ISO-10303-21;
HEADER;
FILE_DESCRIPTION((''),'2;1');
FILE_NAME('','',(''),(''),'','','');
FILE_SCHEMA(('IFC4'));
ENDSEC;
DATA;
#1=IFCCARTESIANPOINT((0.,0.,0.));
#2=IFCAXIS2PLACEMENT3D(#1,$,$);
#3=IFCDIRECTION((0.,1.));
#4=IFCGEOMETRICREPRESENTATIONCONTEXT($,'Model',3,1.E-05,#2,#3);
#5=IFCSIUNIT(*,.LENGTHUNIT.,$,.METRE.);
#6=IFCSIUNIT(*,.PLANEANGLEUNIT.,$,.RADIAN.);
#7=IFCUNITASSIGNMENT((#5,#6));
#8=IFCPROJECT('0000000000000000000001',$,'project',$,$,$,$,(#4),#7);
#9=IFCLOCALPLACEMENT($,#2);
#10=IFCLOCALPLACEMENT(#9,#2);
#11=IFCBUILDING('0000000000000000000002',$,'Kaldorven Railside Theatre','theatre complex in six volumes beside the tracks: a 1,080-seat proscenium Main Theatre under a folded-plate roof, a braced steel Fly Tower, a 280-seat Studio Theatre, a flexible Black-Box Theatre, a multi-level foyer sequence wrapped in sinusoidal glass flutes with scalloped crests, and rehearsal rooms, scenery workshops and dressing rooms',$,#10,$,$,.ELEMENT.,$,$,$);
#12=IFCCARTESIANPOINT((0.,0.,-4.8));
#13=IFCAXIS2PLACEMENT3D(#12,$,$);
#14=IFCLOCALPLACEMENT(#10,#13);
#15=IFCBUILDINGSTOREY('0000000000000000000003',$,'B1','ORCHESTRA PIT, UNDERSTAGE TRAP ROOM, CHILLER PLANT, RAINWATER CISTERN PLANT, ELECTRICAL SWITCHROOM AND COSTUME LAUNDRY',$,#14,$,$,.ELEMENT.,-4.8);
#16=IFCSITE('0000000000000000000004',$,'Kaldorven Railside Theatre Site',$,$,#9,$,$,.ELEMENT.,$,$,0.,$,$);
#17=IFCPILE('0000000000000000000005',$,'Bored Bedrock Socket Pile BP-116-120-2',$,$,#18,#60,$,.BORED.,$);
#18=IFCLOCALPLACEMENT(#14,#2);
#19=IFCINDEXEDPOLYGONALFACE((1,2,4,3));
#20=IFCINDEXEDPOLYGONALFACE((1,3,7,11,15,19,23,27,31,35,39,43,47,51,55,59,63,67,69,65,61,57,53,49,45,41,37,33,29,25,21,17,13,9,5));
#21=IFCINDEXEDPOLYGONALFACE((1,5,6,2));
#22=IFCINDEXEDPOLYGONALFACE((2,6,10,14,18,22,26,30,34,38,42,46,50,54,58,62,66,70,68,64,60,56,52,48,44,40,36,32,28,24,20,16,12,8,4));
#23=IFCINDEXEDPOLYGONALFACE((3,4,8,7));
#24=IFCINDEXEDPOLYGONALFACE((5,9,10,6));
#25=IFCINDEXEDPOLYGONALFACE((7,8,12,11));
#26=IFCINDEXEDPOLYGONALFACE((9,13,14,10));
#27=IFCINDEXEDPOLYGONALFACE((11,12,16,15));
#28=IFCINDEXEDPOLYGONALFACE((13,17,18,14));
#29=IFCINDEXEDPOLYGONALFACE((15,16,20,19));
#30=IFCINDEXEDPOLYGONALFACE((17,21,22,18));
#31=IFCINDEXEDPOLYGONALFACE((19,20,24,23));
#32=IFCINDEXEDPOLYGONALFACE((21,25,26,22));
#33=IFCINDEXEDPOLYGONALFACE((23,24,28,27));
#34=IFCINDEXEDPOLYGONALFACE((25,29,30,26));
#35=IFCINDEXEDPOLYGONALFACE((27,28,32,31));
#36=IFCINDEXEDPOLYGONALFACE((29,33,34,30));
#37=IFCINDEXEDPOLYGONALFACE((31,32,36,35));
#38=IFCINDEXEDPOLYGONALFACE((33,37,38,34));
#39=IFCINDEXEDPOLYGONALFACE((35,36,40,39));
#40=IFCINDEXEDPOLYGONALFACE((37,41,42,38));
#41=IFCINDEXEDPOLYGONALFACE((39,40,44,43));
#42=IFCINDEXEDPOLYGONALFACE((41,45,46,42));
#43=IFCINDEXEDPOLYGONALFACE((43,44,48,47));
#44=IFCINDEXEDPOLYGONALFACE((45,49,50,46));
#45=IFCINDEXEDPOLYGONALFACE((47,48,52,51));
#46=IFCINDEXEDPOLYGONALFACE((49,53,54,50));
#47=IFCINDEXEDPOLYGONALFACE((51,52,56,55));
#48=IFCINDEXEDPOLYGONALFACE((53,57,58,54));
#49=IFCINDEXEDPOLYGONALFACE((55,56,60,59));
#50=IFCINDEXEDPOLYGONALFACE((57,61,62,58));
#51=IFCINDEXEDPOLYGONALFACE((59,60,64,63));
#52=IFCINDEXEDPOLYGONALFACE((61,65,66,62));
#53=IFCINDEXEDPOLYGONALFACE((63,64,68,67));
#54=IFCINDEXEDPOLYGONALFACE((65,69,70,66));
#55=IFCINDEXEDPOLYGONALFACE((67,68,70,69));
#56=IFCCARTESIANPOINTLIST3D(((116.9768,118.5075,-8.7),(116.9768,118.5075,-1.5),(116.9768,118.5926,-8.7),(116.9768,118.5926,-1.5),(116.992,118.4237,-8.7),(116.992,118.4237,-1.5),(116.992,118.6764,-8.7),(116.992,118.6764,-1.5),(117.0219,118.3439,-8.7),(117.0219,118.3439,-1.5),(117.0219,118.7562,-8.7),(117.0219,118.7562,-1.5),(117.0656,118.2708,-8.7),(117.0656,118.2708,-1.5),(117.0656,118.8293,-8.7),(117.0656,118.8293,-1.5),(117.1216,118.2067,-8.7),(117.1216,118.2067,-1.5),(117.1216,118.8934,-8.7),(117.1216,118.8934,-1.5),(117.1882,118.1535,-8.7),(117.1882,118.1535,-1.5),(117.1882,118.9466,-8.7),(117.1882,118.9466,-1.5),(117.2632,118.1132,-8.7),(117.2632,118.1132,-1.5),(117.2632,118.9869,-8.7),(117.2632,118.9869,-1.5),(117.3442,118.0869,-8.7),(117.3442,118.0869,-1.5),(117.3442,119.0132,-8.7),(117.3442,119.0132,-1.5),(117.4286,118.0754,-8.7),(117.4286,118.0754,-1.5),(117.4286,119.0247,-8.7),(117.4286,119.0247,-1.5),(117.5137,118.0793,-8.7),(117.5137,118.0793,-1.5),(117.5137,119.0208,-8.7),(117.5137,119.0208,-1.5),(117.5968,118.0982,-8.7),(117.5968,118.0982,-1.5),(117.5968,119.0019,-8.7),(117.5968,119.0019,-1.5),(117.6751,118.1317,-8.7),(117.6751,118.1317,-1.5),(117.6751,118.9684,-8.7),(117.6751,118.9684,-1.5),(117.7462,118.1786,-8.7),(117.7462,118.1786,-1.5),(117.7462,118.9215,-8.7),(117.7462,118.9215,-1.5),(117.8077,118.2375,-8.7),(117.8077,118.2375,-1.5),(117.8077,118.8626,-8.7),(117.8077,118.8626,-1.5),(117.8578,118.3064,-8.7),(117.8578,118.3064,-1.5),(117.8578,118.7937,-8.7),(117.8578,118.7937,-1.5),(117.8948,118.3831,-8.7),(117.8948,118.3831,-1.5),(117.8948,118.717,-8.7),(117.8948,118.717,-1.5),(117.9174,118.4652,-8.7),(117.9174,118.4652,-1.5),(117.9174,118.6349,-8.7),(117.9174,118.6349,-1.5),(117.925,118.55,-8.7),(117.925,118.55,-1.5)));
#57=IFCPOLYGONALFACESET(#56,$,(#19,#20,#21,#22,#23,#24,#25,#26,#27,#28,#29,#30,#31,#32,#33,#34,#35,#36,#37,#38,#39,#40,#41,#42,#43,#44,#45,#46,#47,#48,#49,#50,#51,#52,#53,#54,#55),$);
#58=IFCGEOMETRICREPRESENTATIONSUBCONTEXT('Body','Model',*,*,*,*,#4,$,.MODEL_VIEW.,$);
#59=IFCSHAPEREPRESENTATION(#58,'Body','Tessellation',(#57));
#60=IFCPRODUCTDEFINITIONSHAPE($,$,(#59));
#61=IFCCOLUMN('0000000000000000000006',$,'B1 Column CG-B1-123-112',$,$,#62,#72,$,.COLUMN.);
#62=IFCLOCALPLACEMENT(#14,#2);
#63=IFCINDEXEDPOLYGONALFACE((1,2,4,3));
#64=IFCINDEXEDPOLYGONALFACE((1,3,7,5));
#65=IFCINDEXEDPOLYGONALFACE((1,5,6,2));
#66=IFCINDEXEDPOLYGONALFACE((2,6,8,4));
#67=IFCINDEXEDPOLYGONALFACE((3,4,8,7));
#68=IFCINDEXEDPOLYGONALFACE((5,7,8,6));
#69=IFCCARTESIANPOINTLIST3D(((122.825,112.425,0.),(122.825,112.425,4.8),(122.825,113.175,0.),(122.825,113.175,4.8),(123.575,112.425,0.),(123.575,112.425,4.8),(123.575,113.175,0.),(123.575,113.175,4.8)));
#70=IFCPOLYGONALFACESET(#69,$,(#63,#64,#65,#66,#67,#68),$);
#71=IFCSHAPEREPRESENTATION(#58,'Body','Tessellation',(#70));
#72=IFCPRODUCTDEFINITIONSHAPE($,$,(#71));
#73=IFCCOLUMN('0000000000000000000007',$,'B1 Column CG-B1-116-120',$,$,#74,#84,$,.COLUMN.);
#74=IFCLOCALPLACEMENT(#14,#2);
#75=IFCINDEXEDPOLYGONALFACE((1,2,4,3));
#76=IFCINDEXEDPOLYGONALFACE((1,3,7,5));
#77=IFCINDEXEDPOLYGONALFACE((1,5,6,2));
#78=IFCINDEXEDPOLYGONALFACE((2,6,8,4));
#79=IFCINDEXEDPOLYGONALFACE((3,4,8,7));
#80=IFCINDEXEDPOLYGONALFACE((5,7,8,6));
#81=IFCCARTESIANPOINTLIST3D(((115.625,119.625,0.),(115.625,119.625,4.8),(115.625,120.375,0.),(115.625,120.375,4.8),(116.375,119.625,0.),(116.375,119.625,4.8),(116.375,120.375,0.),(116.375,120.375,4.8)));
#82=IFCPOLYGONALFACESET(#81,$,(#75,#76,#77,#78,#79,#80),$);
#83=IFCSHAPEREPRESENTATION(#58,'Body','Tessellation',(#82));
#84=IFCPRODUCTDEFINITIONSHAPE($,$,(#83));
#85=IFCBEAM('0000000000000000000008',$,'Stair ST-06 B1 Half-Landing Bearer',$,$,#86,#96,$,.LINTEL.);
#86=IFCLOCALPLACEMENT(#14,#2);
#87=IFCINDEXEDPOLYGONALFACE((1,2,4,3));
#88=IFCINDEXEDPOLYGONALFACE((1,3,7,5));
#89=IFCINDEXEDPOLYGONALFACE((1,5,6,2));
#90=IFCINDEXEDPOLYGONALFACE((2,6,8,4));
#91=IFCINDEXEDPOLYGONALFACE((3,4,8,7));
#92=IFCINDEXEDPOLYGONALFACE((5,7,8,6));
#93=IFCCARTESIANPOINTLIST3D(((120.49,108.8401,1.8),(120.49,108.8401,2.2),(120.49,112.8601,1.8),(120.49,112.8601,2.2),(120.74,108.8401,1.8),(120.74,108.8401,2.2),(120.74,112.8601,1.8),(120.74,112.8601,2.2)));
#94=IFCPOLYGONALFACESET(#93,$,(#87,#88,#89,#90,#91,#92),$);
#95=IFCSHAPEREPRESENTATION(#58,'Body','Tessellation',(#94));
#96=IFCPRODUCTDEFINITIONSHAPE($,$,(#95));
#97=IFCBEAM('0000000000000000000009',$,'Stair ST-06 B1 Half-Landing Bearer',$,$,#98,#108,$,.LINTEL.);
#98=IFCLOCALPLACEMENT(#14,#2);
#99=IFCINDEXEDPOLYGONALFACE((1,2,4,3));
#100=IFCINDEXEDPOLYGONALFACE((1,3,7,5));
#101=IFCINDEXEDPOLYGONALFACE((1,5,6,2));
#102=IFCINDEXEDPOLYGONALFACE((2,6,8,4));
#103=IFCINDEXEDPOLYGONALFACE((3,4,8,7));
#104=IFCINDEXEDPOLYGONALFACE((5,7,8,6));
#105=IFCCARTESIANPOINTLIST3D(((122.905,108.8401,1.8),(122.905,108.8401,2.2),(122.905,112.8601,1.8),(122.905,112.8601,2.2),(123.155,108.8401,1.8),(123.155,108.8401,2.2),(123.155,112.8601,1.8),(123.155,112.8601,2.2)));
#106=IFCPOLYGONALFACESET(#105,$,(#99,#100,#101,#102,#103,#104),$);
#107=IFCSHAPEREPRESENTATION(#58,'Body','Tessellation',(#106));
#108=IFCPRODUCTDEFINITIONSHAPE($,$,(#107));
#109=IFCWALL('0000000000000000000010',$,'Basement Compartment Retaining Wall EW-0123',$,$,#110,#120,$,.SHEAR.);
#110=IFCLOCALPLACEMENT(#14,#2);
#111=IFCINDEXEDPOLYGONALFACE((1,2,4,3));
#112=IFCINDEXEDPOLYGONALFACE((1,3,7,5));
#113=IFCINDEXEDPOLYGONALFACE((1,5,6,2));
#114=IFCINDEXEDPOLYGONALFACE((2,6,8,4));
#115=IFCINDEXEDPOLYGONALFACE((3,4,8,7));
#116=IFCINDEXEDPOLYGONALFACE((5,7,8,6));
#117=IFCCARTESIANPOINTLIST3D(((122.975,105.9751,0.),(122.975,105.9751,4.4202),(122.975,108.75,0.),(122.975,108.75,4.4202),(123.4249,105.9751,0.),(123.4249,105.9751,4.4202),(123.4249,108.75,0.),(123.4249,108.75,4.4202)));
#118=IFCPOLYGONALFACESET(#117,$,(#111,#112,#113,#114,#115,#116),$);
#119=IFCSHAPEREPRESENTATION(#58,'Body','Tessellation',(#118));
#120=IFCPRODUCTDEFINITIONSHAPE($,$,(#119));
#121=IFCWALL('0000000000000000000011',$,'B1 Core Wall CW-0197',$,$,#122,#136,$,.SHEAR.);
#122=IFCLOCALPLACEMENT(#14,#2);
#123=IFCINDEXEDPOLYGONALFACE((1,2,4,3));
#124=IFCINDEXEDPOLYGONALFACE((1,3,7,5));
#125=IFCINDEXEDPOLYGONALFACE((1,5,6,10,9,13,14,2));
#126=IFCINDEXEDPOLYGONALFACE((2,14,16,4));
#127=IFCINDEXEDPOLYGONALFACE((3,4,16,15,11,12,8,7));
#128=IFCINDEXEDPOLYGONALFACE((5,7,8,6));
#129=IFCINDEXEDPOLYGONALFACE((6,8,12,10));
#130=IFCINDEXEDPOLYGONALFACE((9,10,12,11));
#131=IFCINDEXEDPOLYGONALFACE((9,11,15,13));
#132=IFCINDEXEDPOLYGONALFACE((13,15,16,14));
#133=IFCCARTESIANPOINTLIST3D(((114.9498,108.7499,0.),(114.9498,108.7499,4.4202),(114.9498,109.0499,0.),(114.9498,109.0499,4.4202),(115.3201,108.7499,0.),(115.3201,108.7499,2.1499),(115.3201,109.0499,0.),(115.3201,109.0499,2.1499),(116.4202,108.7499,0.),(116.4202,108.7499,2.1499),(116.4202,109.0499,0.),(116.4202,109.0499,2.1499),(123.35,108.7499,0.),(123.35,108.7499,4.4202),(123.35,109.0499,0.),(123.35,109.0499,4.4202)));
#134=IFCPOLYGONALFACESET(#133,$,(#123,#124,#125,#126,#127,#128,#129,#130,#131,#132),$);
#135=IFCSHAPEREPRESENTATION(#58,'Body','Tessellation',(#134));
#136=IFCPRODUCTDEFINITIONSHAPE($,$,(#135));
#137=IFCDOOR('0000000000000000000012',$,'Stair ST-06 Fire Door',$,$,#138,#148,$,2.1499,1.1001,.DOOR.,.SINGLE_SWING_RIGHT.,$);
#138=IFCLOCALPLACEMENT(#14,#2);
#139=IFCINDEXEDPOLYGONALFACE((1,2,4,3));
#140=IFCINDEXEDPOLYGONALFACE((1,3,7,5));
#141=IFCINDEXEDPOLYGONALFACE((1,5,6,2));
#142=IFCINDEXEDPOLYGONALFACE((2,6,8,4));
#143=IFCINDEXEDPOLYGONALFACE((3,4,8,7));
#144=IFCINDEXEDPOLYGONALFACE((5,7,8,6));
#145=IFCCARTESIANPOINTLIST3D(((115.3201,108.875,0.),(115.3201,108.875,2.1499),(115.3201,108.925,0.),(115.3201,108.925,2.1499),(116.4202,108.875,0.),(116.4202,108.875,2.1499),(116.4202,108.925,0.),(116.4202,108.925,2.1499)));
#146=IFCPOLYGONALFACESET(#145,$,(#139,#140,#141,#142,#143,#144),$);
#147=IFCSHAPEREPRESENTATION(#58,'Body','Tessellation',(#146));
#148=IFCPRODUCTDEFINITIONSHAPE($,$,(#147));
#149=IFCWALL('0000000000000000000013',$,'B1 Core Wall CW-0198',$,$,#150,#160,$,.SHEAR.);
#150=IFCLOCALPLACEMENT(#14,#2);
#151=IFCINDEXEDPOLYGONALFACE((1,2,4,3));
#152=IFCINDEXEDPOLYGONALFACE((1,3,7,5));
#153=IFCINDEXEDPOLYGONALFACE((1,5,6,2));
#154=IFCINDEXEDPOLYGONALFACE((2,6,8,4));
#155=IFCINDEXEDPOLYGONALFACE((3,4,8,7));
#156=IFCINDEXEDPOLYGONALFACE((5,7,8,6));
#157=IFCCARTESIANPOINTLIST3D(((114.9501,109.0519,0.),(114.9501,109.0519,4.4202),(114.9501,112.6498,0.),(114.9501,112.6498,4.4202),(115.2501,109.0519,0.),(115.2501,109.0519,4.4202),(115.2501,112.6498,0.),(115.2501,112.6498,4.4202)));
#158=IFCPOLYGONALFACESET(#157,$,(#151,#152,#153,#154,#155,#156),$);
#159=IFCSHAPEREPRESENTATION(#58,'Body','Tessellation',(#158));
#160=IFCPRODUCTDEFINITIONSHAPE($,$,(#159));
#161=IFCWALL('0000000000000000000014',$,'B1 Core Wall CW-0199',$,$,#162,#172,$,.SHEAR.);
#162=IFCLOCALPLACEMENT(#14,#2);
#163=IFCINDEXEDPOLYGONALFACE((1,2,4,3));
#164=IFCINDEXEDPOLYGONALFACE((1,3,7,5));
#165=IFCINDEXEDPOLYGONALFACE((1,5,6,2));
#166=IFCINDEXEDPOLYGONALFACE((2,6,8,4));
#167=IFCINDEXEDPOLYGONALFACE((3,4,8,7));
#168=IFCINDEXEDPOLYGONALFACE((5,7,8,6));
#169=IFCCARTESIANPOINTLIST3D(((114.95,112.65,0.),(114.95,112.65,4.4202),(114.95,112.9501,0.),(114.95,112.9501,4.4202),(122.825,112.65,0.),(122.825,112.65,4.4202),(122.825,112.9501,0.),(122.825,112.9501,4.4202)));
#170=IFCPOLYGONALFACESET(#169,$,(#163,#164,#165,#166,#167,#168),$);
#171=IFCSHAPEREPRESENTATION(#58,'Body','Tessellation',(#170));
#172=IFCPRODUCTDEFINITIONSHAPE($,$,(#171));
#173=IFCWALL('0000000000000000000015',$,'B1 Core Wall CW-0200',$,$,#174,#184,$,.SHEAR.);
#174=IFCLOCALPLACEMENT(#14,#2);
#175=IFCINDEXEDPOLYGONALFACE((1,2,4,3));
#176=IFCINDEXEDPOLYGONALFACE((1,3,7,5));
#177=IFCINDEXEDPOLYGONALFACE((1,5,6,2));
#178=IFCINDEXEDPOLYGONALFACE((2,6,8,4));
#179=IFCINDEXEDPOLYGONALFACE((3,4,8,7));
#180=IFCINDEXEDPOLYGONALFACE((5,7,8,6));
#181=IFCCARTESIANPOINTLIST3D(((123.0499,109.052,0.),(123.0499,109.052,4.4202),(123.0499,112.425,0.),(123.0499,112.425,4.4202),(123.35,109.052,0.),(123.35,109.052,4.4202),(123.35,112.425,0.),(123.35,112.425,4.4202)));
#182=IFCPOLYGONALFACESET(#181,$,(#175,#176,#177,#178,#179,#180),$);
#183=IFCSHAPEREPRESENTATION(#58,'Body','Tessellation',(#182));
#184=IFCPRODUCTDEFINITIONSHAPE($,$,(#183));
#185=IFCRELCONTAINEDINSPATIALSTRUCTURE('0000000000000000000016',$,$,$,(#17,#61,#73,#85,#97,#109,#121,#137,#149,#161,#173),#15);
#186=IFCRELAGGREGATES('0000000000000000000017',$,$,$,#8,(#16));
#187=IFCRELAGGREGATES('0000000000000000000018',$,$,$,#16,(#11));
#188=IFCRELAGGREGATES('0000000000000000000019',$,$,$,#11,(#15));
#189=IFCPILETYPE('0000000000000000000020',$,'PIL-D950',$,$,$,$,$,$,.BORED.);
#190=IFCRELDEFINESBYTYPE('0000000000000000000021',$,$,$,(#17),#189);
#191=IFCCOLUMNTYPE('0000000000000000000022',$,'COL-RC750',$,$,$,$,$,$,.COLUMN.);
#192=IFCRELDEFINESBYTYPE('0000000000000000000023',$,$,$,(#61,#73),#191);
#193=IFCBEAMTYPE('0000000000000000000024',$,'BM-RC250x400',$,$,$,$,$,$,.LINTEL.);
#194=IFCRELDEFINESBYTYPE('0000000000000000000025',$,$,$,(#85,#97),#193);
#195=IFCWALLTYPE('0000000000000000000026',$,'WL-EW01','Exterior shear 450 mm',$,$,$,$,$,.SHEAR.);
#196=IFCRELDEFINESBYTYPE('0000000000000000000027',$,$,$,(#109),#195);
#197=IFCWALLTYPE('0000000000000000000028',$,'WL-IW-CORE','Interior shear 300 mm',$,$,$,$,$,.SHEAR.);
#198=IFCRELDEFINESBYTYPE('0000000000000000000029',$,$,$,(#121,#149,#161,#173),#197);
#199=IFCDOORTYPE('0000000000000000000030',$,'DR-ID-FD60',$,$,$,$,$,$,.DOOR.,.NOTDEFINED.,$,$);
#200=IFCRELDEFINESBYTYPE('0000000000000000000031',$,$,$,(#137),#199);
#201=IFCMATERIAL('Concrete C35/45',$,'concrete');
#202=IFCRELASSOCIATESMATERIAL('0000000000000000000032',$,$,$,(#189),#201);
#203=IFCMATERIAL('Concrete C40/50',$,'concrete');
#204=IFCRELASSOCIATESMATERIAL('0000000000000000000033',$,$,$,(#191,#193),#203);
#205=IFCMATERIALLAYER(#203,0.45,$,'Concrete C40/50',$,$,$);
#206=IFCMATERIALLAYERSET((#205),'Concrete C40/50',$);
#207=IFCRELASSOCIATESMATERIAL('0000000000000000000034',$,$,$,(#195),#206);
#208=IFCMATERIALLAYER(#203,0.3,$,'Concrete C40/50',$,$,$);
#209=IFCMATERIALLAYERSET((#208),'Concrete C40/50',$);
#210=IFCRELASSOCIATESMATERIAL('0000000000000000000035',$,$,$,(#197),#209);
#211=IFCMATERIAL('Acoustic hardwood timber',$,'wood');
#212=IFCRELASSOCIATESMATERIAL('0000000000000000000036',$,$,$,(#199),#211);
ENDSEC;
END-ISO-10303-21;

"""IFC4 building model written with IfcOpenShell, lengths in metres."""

from ifc_helpers import new_model, si_unit, direction, frame, frame_2d, origin, origin_2d, place, context, subcontext, project, spatial, rectangle, circle, extrude, material, layer, layer_set, material_profile, profile_set, type_object, element, fill, save


model = new_model("IFC4")

# Units and contexts
model_context = context("Model", 3, precision=1e-05, world=origin(), true_north=direction((0.0, 1.0)))
body_context = subcontext(model_context, "Body", "Model", "MODEL_VIEW")
ifc_project = project(units=[si_unit("LENGTHUNIT", "METRE"), si_unit("PLANEANGLEUNIT", "RADIAN")], contexts=[model_context])

# Site, building, storey
site_placement = place(None, origin())
site = spatial("IfcSite", under=ifc_project, at=site_placement, Name="Kaldorven Railside Theatre Site", CompositionType="ELEMENT", RefElevation=0.0)
building_placement = place(site_placement, origin())
building = spatial("IfcBuilding", under=site, at=building_placement, Name="Kaldorven Railside Theatre", Description="theatre complex in six volumes beside the tracks: a 1,080-seat proscenium Main Theatre under a folded-plate roof, a braced steel Fly Tower, a 280-seat Studio Theatre, a flexible Black-Box Theatre, a multi-level foyer sequence wrapped in sinusoidal glass flutes with scalloped crests, and rehearsal rooms, scenery workshops and dressing rooms", CompositionType="ELEMENT")
storey_placement = place(building_placement, frame((0.0, 0.0, -4.8)))
storey = spatial("IfcBuildingStorey", under=building, at=storey_placement, Name="B1", Description="ORCHESTRA PIT, UNDERSTAGE TRAP ROOM, CHILLER PLANT, RAINWATER CISTERN PLANT, ELECTRICAL SWITCHROOM AND COSTUME LAUNDRY", CompositionType="ELEMENT", Elevation=-4.8)

# Shared definitions
ifc_material_1 = material(Name="Concrete C40/50", Category="concrete")

# Pile
ifc_material_2 = material(Name="Concrete C35/45", Category="concrete")
ifc_material_profile_1 = material_profile(ifc_material_2, circle(Radius=0.4751, at=origin_2d()), Name="BP D950")
ifc_profile_set_1 = profile_set([ifc_material_profile_1], Name="Concrete C35/45")
pile_type_1 = type_object("IfcPileType", Name="PIL-D950", PredefinedType="BORED", material=ifc_profile_set_1)
for number, where, z_axis, x_axis, name in (
    (1, (117.45, 118.55, -1.5), (0.0, 0.0, -1.0), (1.0, 0.0, 0.0), "Bored Bedrock Socket Pile BP-116-120-2"),
):
    element("IfcPile", number, at=place(storey_placement, frame(where, z_axis=z_axis, x_axis=x_axis)), inside=storey, type_object=pile_type_1, Name=name, PredefinedType="BORED", context=body_context, shape_type="SweptSolid", body=[
        extrude(circle(Radius=0.4751, at=origin_2d()), origin(), (0.0, 0.0, 1.0), 7.2),
    ])

# Columns
ifc_material_profile_2 = material_profile(ifc_material_1, rectangle(XDim=0.75, YDim=0.75, at=origin_2d()), Name="RC 750x750")
ifc_profile_set_2 = profile_set([ifc_material_profile_2], Name="Concrete C40/50")
column_type = type_object("IfcColumnType", Name="COL-RC750", PredefinedType="COLUMN", material=ifc_profile_set_2)
for number, where, z_axis, x_axis, name in (
    (2, (123.2, 112.8, 0.0), (0.0, 0.0, 1.0), (1.0, 0.0, 0.0), "B1 Column CG-B1-123-112"),
    (3, (116.0, 120.0, 0.0), (0.0, 0.0, 1.0), (1.0, 0.0, 0.0), "B1 Column CG-B1-116-120"),
):
    element("IfcColumn", number, at=place(storey_placement, frame(where, z_axis=z_axis, x_axis=x_axis)), inside=storey, type_object=column_type, Name=name, PredefinedType="COLUMN", context=body_context, shape_type="SweptSolid", body=[
        extrude(rectangle(XDim=0.75, YDim=0.75, at=origin_2d()), origin(), (0.0, 0.0, 1.0), 4.8),
    ])

# Beams
ifc_material_profile_3 = material_profile(ifc_material_1, rectangle(XDim=0.25, YDim=0.3999, at=origin_2d()), Name="RC 250x400")
ifc_profile_set_3 = profile_set([ifc_material_profile_3], Name="Concrete C40/50")
beam_type = type_object("IfcBeamType", Name="BM-RC250x400", PredefinedType="LINTEL", material=ifc_profile_set_3)
for number, where, z_axis, x_axis, name in (
    (4, (120.615, 108.8401, 2.0), (0.0, 1.0, 0.0), (-1.0, 0.0, 0.0), "Stair ST-06 B1 Half-Landing Bearer"),
    (5, (123.03, 108.8401, 2.0), (0.0, 1.0, 0.0), (-1.0, 0.0, 0.0), "Stair ST-06 B1 Half-Landing Bearer"),
):
    element("IfcBeam", number, at=place(storey_placement, frame(where, z_axis=z_axis, x_axis=x_axis)), inside=storey, type_object=beam_type, Name=name, PredefinedType="LINTEL", context=body_context, shape_type="SweptSolid", body=[
        extrude(rectangle(XDim=0.25, YDim=0.3999, at=origin_2d()), origin(), (0.0, 0.0, 1.0), 4.02),
    ])

# Wall
ifc_layer_1 = layer(ifc_material_1, 0.45, Name="Concrete C40/50")
ifc_layer_set_1 = layer_set([ifc_layer_1], Name="Concrete C40/50")
wall_type_1 = type_object("IfcWallType", Name="WL-EW01", Description="Exterior shear 450 mm", PredefinedType="SHEAR", material=ifc_layer_set_1)
wall_1_placement = place(storey_placement, frame((123.2, 108.75, 0.0), z_axis=(0.0, 0.0, 1.0), x_axis=(0.0, -1.0, 0.0)))
element("IfcWall", 6, at=wall_1_placement, inside=storey, type_object=wall_type_1, Name="Basement Compartment Retaining Wall EW-0123", PredefinedType="SHEAR", context=body_context, shape_type="SweptSolid", body=[
    extrude(rectangle(XDim=2.7749, YDim=0.45, at=frame_2d((1.3875, 0.0))), origin(), (0.0, 0.0, 1.0), 4.4202),
])

# Wall, opening, door
ifc_layer_2 = layer(ifc_material_1, 0.3, Name="Concrete C40/50")
ifc_layer_set_2 = layer_set([ifc_layer_2], Name="Concrete C40/50")
wall_type_2 = type_object("IfcWallType", Name="WL-IW-CORE", Description="Interior shear 300 mm", PredefinedType="SHEAR", material=ifc_layer_set_2)
wall_2_placement = place(storey_placement, frame((123.3501, 108.8999, 0.0), z_axis=(0.0, 0.0, 1.0), x_axis=(-1.0, 0.0, 0.0)))
wall_2 = element("IfcWall", 7, at=wall_2_placement, inside=storey, type_object=wall_type_2, Name="B1 Core Wall CW-0197", PredefinedType="SHEAR", context=body_context, shape_type="SweptSolid", body=[
    extrude(rectangle(XDim=8.4001, YDim=0.3, at=frame_2d((4.2002, 0.0))), origin(), (0.0, 0.0, 1.0), 4.4202),
])
opening_placement = place(wall_2_placement, frame((6.9299, 0.0, 0.0)))
opening = element("IfcOpeningElement", 8, at=opening_placement, cuts=wall_2, PredefinedType="OPENING", context=body_context, shape_type="SweptSolid", body=[
    extrude(rectangle(XDim=1.1001, YDim=2.1499, at=frame_2d((0.55, 1.075))), frame((0.0, 0.1602, 0.0), z_axis=(0.0, -1.0, 0.0), x_axis=(1.0, 0.0, 0.0)), (0.0, 0.0, 1.0), 0.3201),
])
ifc_material_3 = material(Name="Acoustic hardwood timber", Category="wood")
door_type = type_object("IfcDoorType", Name="DR-ID-FD60", OperationType="NOTDEFINED", PredefinedType="DOOR", material=ifc_material_3)
door_placement = place(opening_placement, origin())
door = element("IfcDoor", 9, at=door_placement, inside=storey, type_object=door_type, Name="Stair ST-06 Fire Door", OperationType="SINGLE_SWING_RIGHT", OverallHeight=2.1499, OverallWidth=1.1001, PredefinedType="DOOR", context=body_context, shape_type="SweptSolid", body=[
    extrude(rectangle(XDim=1.1001, YDim=2.1499, at=frame_2d((0.55, 1.075))), frame((0.0, 0.0249, 0.0), z_axis=(0.0, -1.0, 0.0), x_axis=(1.0, 0.0, 0.0)), (0.0, 0.0, 1.0), 0.05),
])
fill(opening, door)

# Walls
wall_3_placement = place(storey_placement, frame((115.1001, 109.052, 0.0), z_axis=(0.0, 0.0, 1.0), x_axis=(0.0, 1.0, 0.0)))
element("IfcWall", 10, at=wall_3_placement, inside=storey, type_object=wall_type_2, Name="B1 Core Wall CW-0198", PredefinedType="SHEAR", context=body_context, shape_type="SweptSolid", body=[
    extrude(rectangle(XDim=3.5979, YDim=0.3, at=frame_2d((1.7988, 0.0))), origin(), (0.0, 0.0, 1.0), 4.4202),
])
wall_4_placement = place(storey_placement, frame((114.95, 112.8, 0.0), z_axis=(0.0, 0.0, 1.0), x_axis=(1.0, 0.0, 0.0)))
element("IfcWall", 11, at=wall_4_placement, inside=storey, type_object=wall_type_2, Name="B1 Core Wall CW-0199", PredefinedType="SHEAR", context=body_context, shape_type="SweptSolid", body=[
    extrude(rectangle(XDim=7.875, YDim=0.3, at=frame_2d((3.9375, 0.0))), origin(), (0.0, 0.0, 1.0), 4.4202),
])
wall_5_placement = place(storey_placement, frame((123.2, 112.425, 0.0), z_axis=(0.0, 0.0, 1.0), x_axis=(0.0, -1.0, 0.0)))
element("IfcWall", 12, at=wall_5_placement, inside=storey, type_object=wall_type_2, Name="B1 Core Wall CW-0200", PredefinedType="SHEAR", context=body_context, shape_type="SweptSolid", body=[
    extrude(rectangle(XDim=3.373, YDim=0.3, at=frame_2d((1.6865, 0.0))), origin(), (0.0, 0.0, 1.0), 4.4202),
])

save(model, "model.ifc")
